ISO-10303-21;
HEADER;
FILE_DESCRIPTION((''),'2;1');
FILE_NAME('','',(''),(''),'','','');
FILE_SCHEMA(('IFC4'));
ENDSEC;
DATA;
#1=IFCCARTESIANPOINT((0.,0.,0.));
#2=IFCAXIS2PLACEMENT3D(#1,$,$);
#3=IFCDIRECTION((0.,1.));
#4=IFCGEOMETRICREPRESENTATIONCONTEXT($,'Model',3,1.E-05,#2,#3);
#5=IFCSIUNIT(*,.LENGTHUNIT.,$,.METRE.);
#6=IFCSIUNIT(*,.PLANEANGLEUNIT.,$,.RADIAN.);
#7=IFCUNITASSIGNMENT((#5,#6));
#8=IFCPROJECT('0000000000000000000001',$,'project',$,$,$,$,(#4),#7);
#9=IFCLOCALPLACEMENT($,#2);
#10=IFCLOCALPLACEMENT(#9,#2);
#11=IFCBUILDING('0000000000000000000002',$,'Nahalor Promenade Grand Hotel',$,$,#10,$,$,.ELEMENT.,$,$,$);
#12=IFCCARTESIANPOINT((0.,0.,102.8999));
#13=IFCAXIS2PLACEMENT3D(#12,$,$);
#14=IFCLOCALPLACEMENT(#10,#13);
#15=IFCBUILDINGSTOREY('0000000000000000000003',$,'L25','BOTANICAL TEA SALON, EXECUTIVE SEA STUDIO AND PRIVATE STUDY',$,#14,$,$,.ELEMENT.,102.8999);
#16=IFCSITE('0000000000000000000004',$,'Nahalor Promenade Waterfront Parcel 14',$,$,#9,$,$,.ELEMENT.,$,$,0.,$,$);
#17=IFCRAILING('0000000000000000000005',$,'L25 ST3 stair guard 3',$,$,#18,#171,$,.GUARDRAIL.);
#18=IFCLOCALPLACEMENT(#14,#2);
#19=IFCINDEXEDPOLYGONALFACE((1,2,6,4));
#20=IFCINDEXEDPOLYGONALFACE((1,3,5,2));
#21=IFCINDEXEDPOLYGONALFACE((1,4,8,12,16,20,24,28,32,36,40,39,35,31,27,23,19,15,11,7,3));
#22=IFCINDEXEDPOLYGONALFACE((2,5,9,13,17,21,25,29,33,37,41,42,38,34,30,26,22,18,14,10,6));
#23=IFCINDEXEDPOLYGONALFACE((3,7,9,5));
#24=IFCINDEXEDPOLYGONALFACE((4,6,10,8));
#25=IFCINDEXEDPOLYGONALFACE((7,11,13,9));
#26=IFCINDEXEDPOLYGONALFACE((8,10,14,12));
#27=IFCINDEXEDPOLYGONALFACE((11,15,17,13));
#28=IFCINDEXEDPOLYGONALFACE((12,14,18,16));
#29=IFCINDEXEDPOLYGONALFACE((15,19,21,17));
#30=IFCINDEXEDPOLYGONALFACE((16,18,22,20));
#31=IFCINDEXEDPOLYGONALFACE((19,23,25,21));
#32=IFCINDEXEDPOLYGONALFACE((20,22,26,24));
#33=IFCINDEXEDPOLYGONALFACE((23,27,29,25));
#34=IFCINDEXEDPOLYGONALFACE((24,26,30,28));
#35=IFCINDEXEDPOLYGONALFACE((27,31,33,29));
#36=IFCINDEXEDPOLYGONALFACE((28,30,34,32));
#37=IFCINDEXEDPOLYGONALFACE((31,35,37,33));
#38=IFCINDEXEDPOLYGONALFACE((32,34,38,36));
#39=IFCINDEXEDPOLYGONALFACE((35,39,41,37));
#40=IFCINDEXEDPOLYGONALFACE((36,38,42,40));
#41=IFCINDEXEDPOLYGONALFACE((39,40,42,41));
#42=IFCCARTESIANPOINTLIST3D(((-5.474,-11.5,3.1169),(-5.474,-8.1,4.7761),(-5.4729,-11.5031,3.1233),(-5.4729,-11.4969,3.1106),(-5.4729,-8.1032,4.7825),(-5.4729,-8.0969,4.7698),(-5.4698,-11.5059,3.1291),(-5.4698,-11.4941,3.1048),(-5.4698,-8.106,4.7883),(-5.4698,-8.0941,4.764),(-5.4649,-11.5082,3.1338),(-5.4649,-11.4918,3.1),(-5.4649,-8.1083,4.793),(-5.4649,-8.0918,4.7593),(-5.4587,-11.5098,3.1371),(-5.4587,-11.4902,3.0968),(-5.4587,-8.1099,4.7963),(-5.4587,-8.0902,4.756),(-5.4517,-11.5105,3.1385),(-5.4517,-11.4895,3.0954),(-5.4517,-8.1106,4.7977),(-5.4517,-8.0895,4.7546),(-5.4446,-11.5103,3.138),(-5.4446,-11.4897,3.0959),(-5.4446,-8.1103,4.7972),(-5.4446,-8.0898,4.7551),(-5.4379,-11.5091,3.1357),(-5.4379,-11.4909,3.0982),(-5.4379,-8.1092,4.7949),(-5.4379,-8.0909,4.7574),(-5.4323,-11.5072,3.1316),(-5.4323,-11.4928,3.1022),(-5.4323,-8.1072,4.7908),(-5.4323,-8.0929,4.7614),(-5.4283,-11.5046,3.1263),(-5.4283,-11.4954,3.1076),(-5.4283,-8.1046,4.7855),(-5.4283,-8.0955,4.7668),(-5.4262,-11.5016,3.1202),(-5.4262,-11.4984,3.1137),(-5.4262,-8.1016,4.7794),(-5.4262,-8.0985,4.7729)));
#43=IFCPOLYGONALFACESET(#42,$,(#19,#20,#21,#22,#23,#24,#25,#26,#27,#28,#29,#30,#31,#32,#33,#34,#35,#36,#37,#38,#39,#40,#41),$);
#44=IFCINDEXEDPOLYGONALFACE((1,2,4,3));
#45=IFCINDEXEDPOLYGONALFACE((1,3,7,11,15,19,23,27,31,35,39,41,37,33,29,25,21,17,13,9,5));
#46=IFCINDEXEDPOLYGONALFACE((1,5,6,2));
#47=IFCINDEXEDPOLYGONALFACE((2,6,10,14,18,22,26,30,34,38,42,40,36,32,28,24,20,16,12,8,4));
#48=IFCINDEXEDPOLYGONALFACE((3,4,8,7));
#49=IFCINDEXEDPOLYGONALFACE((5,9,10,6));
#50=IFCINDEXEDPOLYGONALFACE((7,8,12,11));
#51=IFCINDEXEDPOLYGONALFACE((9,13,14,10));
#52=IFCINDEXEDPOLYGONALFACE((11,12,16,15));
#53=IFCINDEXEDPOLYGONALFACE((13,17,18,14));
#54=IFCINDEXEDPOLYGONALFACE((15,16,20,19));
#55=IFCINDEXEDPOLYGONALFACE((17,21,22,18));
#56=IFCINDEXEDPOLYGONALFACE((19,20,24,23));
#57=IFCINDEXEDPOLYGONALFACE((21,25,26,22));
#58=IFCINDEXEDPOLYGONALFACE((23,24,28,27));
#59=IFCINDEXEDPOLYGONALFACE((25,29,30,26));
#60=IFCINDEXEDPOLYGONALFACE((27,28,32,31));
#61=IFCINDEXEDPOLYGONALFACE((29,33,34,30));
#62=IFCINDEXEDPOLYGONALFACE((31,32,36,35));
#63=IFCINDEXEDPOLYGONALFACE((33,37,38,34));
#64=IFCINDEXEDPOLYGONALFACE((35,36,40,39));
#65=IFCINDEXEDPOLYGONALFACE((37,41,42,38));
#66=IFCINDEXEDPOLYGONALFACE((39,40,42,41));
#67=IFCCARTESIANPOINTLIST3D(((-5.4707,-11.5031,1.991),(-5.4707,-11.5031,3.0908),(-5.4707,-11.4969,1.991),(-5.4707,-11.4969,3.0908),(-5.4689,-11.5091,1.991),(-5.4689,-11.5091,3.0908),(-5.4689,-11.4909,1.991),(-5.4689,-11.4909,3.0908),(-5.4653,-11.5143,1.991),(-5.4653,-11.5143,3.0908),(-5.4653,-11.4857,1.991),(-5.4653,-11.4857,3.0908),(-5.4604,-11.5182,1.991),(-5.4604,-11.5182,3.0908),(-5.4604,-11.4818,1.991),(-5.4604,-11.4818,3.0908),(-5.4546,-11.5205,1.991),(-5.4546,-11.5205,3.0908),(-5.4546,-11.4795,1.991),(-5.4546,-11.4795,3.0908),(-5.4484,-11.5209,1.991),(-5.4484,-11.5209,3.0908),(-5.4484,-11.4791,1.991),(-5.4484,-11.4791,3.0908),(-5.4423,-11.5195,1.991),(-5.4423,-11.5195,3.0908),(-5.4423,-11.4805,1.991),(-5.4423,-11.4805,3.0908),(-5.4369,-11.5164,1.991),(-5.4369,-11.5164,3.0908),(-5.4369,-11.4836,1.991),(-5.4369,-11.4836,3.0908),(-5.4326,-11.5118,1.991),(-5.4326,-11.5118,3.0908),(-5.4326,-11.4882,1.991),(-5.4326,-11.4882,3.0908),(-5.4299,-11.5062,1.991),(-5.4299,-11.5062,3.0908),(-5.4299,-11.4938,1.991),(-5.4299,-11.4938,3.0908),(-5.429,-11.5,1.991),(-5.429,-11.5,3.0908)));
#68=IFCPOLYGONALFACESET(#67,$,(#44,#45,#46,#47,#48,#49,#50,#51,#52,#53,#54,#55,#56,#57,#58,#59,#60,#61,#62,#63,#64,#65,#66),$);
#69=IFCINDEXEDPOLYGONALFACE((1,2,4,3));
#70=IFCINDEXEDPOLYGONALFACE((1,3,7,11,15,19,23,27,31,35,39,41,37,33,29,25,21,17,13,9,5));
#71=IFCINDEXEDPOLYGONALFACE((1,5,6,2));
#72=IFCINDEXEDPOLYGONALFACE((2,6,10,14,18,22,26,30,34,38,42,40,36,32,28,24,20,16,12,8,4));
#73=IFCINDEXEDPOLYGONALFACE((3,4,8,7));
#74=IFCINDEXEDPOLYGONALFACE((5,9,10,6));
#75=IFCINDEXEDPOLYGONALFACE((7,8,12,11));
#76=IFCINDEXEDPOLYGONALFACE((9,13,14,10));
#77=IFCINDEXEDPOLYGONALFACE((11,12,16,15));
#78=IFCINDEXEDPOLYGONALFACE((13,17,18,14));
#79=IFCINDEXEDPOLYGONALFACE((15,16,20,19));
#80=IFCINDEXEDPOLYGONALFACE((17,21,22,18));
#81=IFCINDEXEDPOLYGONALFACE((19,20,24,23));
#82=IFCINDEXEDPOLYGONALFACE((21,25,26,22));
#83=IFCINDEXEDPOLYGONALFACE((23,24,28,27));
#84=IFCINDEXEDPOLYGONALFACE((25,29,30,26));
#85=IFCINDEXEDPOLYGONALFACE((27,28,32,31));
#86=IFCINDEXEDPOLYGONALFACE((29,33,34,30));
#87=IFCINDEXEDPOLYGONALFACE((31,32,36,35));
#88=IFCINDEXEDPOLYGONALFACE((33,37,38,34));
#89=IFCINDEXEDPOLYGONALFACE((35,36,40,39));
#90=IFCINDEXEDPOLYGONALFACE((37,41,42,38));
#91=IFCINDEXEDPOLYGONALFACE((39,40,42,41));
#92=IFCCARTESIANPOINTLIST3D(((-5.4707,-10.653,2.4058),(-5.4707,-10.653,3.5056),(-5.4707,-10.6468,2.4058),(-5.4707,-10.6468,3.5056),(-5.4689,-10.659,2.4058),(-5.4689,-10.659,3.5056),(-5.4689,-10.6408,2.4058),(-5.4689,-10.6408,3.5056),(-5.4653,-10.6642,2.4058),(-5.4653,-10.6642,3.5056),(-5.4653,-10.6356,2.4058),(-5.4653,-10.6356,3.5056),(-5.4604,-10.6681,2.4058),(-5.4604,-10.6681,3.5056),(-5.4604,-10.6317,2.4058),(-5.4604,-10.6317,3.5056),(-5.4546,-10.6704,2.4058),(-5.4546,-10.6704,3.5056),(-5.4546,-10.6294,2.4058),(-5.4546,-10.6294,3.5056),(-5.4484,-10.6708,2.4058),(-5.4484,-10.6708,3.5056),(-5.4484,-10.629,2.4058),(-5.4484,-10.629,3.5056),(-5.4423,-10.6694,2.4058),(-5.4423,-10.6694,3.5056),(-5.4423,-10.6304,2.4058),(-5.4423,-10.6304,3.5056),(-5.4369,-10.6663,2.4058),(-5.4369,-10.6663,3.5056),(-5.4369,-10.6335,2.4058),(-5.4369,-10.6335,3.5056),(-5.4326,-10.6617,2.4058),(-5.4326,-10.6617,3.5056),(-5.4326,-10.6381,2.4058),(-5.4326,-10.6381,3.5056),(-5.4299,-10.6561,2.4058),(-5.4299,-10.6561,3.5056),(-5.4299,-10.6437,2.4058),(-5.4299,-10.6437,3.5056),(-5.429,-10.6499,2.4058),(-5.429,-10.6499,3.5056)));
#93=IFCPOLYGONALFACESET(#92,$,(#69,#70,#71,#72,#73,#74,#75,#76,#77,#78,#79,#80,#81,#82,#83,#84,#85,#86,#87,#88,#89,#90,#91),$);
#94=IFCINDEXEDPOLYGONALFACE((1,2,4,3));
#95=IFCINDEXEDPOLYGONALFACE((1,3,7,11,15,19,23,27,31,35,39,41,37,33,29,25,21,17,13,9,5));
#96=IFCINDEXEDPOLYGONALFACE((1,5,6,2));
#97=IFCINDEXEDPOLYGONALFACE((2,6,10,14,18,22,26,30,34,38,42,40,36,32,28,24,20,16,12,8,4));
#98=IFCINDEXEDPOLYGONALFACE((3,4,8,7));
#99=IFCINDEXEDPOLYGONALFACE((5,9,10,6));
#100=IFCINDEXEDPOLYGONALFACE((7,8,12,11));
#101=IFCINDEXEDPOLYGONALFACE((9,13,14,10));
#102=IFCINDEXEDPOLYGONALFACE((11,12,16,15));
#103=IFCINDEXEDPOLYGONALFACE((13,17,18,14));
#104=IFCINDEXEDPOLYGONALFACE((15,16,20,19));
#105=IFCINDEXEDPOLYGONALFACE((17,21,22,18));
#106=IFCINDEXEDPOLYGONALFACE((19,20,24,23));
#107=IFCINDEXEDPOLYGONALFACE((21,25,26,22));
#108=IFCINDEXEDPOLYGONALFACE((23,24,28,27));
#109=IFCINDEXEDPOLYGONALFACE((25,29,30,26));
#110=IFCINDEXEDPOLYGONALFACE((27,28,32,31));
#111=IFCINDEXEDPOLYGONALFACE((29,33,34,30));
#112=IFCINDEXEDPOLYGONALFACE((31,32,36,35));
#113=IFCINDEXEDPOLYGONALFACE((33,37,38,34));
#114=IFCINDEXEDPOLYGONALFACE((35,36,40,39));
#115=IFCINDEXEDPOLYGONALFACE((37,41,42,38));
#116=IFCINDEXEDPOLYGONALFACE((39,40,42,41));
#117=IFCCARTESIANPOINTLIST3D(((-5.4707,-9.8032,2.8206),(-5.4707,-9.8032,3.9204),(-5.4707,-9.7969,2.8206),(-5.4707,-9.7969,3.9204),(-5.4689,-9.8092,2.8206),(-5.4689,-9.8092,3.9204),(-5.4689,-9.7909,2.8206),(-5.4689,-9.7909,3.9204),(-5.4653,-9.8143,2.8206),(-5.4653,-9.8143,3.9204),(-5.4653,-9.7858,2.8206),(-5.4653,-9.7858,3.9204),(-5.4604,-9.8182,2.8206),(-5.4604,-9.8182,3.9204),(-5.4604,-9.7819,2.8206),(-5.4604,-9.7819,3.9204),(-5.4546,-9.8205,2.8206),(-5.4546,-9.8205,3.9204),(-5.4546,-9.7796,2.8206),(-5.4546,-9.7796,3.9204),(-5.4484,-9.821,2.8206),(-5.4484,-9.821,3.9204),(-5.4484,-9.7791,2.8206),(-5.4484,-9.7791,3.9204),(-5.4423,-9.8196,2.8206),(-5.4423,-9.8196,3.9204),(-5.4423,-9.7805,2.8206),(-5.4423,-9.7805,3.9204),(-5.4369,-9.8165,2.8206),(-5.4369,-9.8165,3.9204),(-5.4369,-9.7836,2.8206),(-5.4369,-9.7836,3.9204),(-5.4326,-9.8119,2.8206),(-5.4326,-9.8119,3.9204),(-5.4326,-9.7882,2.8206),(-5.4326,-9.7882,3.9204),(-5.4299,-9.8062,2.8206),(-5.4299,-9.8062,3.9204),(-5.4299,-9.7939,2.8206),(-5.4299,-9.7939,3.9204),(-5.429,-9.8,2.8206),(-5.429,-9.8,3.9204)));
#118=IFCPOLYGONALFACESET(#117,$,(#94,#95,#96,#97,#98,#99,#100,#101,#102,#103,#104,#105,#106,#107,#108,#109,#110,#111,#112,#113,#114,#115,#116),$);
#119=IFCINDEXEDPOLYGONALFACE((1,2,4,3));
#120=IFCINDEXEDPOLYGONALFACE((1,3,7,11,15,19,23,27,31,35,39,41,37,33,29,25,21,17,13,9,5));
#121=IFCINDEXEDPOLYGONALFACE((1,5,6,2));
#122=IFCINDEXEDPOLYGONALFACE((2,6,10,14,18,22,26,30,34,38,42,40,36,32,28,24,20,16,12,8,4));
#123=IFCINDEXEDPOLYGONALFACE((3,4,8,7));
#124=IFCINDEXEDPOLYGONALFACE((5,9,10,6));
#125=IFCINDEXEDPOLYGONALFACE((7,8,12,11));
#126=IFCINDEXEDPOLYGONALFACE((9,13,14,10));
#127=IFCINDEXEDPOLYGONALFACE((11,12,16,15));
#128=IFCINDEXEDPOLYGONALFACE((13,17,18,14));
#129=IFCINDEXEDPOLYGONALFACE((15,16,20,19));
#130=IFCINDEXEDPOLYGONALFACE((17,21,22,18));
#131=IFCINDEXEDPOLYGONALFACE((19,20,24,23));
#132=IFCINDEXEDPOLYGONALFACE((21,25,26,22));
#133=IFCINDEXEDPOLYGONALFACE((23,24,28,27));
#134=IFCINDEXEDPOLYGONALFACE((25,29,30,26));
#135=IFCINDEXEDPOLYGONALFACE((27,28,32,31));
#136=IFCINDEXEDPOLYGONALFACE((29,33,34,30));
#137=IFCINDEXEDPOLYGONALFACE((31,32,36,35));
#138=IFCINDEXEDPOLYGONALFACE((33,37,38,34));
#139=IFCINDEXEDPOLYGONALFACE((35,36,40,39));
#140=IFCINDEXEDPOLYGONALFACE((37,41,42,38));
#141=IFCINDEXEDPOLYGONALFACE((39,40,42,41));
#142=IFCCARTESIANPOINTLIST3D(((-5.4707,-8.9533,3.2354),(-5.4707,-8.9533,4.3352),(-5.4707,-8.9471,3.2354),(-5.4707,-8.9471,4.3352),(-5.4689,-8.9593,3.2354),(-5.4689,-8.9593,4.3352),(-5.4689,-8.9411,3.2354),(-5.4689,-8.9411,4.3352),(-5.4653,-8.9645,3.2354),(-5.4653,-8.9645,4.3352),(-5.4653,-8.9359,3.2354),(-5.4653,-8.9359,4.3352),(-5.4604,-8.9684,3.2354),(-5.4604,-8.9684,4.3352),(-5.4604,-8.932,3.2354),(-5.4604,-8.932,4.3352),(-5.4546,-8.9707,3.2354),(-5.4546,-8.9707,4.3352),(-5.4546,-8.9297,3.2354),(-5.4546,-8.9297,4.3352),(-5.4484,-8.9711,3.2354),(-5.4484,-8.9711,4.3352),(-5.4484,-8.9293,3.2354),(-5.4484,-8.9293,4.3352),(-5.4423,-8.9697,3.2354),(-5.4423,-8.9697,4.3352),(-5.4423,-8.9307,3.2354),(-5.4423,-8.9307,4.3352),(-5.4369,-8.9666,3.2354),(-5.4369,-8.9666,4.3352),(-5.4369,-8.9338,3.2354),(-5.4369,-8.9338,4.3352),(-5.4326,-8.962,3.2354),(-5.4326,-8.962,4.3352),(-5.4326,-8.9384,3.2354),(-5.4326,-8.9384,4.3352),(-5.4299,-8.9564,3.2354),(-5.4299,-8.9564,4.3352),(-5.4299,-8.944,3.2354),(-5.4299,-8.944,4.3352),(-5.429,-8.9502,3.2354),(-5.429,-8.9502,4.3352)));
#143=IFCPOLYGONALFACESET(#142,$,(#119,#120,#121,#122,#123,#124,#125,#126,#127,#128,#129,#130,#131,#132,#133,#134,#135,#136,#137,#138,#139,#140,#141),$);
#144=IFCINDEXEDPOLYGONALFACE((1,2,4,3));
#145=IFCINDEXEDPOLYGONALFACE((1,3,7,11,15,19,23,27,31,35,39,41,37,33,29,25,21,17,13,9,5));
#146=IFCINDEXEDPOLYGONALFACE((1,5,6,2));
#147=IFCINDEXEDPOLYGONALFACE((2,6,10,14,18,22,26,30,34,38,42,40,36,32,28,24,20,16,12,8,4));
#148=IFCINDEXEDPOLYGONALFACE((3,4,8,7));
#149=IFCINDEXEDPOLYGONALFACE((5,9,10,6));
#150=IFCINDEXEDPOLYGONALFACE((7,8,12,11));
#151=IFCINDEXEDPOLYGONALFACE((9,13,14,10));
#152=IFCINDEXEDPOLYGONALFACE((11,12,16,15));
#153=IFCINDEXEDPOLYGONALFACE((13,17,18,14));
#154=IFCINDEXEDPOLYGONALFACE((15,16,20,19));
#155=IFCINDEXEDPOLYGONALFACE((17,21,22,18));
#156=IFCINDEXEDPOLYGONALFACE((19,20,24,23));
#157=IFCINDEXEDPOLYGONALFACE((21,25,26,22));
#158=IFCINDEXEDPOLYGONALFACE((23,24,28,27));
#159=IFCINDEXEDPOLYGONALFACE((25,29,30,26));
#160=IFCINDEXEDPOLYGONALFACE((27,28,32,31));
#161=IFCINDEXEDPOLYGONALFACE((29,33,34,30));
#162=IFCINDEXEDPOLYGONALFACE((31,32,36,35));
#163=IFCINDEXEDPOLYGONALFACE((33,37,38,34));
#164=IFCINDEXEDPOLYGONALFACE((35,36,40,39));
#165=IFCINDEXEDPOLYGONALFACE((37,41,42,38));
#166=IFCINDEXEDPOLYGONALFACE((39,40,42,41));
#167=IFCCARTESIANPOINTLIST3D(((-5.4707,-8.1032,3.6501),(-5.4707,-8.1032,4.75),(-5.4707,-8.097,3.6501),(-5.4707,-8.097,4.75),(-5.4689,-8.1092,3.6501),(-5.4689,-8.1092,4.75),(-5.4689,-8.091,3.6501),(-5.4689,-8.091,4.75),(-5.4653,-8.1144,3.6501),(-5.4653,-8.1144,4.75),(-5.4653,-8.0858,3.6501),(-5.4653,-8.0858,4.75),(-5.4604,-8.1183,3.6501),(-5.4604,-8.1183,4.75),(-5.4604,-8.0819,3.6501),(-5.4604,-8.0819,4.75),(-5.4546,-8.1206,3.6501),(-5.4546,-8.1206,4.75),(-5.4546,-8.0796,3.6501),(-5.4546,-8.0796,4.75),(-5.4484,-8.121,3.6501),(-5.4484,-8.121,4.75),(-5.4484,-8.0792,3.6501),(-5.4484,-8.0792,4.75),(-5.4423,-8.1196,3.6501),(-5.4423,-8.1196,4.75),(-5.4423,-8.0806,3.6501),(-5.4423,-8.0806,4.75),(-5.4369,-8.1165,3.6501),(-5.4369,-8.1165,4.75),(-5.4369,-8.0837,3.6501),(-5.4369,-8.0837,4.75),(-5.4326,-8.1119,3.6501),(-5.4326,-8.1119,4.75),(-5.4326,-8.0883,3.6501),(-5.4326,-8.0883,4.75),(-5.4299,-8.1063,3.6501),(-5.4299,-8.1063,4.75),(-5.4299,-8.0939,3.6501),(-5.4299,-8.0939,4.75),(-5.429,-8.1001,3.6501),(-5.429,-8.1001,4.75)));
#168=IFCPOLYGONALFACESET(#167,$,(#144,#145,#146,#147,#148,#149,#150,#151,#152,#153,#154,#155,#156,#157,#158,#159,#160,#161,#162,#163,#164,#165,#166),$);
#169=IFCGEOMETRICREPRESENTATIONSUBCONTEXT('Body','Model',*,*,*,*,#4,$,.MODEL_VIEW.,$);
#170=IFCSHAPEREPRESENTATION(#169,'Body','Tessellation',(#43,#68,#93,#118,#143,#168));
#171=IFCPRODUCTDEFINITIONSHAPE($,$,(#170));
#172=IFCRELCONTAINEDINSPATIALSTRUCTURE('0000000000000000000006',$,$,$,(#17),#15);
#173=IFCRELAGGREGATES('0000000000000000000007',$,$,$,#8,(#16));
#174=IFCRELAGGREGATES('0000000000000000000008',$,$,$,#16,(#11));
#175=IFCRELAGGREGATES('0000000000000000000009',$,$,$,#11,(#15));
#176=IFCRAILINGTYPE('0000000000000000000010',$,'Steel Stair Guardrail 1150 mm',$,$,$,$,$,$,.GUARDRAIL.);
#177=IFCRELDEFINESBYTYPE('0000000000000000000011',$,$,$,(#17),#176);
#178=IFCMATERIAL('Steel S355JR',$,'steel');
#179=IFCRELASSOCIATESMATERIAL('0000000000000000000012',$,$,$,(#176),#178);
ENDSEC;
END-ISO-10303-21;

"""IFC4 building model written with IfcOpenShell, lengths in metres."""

from ifc_helpers import new_model, si_unit, direction, frame, origin, origin_2d, place, context, subcontext, project, spatial, circle, extrude, material, type_object, element, save


model = new_model("IFC4")

# Units and contexts
model_context = context("Model", 3, precision=1e-05, world=origin(), true_north=direction((0.0, 1.0)))
body_context = subcontext(model_context, "Body", "Model", "MODEL_VIEW")
ifc_project = project(units=[si_unit("LENGTHUNIT", "METRE"), si_unit("PLANEANGLEUNIT", "RADIAN")], contexts=[model_context])

# Site, building, storey
site_placement = place(None, origin())
site = spatial("IfcSite", under=ifc_project, at=site_placement, Name="Nahalor Promenade Waterfront Parcel 14", CompositionType="ELEMENT", RefElevation=0.0)
building_placement = place(site_placement, origin())
building = spatial("IfcBuilding", under=site, at=building_placement, Name="Nahalor Promenade Grand Hotel", CompositionType="ELEMENT")
storey_placement = place(building_placement, frame((0.0, 0.0, 102.8999)))
storey = spatial("IfcBuildingStorey", under=building, at=storey_placement, Name="L25", Description="BOTANICAL TEA SALON, EXECUTIVE SEA STUDIO AND PRIVATE STUDY", CompositionType="ELEMENT", Elevation=102.8999)

# Shared definitions
ifc_material_1 = material(Name="Steel S355JR", Category="steel")

# Railing
railing_type_1 = type_object("IfcRailingType", Name="Steel Stair Guardrail 1150 mm", PredefinedType="GUARDRAIL", material=ifc_material_1)
railing_1_placement = place(storey_placement, frame((-5.45, -11.5, 1.991)))
element("IfcRailing", 1, at=railing_1_placement, inside=storey, type_object=railing_type_1, Name="L25 ST3 stair guard 3", PredefinedType="GUARDRAIL", context=body_context, shape_type="SweptSolid", body=[
    extrude(circle(Radius=0.024, at=origin_2d()), frame((0.0, 0.0, 1.126), z_axis=(0.0, 0.898696, 0.438571), x_axis=(-1.0, 0.0, 0.0)), (0.0, 0.0, 1.0), 3.7832),
    extrude(circle(Radius=0.021, at=origin_2d()), origin(), (0.0, 0.0, 1.0), 1.0999),
    extrude(circle(Radius=0.021, at=origin_2d()), frame((0.0, 0.8501, 0.4148)), (0.0, 0.0, 1.0), 1.0999),
    extrude(circle(Radius=0.021, at=origin_2d()), frame((0.0, 1.7, 0.8296)), (0.0, 0.0, 1.0), 1.0999),
    extrude(circle(Radius=0.021, at=origin_2d()), frame((0.0, 2.5498, 1.2444)), (0.0, 0.0, 1.0), 1.0999),
    extrude(circle(Radius=0.021, at=origin_2d()), frame((0.0, 3.3999, 1.6592)), (0.0, 0.0, 1.0), 1.0999),
])

save(model, "model.ifc")
